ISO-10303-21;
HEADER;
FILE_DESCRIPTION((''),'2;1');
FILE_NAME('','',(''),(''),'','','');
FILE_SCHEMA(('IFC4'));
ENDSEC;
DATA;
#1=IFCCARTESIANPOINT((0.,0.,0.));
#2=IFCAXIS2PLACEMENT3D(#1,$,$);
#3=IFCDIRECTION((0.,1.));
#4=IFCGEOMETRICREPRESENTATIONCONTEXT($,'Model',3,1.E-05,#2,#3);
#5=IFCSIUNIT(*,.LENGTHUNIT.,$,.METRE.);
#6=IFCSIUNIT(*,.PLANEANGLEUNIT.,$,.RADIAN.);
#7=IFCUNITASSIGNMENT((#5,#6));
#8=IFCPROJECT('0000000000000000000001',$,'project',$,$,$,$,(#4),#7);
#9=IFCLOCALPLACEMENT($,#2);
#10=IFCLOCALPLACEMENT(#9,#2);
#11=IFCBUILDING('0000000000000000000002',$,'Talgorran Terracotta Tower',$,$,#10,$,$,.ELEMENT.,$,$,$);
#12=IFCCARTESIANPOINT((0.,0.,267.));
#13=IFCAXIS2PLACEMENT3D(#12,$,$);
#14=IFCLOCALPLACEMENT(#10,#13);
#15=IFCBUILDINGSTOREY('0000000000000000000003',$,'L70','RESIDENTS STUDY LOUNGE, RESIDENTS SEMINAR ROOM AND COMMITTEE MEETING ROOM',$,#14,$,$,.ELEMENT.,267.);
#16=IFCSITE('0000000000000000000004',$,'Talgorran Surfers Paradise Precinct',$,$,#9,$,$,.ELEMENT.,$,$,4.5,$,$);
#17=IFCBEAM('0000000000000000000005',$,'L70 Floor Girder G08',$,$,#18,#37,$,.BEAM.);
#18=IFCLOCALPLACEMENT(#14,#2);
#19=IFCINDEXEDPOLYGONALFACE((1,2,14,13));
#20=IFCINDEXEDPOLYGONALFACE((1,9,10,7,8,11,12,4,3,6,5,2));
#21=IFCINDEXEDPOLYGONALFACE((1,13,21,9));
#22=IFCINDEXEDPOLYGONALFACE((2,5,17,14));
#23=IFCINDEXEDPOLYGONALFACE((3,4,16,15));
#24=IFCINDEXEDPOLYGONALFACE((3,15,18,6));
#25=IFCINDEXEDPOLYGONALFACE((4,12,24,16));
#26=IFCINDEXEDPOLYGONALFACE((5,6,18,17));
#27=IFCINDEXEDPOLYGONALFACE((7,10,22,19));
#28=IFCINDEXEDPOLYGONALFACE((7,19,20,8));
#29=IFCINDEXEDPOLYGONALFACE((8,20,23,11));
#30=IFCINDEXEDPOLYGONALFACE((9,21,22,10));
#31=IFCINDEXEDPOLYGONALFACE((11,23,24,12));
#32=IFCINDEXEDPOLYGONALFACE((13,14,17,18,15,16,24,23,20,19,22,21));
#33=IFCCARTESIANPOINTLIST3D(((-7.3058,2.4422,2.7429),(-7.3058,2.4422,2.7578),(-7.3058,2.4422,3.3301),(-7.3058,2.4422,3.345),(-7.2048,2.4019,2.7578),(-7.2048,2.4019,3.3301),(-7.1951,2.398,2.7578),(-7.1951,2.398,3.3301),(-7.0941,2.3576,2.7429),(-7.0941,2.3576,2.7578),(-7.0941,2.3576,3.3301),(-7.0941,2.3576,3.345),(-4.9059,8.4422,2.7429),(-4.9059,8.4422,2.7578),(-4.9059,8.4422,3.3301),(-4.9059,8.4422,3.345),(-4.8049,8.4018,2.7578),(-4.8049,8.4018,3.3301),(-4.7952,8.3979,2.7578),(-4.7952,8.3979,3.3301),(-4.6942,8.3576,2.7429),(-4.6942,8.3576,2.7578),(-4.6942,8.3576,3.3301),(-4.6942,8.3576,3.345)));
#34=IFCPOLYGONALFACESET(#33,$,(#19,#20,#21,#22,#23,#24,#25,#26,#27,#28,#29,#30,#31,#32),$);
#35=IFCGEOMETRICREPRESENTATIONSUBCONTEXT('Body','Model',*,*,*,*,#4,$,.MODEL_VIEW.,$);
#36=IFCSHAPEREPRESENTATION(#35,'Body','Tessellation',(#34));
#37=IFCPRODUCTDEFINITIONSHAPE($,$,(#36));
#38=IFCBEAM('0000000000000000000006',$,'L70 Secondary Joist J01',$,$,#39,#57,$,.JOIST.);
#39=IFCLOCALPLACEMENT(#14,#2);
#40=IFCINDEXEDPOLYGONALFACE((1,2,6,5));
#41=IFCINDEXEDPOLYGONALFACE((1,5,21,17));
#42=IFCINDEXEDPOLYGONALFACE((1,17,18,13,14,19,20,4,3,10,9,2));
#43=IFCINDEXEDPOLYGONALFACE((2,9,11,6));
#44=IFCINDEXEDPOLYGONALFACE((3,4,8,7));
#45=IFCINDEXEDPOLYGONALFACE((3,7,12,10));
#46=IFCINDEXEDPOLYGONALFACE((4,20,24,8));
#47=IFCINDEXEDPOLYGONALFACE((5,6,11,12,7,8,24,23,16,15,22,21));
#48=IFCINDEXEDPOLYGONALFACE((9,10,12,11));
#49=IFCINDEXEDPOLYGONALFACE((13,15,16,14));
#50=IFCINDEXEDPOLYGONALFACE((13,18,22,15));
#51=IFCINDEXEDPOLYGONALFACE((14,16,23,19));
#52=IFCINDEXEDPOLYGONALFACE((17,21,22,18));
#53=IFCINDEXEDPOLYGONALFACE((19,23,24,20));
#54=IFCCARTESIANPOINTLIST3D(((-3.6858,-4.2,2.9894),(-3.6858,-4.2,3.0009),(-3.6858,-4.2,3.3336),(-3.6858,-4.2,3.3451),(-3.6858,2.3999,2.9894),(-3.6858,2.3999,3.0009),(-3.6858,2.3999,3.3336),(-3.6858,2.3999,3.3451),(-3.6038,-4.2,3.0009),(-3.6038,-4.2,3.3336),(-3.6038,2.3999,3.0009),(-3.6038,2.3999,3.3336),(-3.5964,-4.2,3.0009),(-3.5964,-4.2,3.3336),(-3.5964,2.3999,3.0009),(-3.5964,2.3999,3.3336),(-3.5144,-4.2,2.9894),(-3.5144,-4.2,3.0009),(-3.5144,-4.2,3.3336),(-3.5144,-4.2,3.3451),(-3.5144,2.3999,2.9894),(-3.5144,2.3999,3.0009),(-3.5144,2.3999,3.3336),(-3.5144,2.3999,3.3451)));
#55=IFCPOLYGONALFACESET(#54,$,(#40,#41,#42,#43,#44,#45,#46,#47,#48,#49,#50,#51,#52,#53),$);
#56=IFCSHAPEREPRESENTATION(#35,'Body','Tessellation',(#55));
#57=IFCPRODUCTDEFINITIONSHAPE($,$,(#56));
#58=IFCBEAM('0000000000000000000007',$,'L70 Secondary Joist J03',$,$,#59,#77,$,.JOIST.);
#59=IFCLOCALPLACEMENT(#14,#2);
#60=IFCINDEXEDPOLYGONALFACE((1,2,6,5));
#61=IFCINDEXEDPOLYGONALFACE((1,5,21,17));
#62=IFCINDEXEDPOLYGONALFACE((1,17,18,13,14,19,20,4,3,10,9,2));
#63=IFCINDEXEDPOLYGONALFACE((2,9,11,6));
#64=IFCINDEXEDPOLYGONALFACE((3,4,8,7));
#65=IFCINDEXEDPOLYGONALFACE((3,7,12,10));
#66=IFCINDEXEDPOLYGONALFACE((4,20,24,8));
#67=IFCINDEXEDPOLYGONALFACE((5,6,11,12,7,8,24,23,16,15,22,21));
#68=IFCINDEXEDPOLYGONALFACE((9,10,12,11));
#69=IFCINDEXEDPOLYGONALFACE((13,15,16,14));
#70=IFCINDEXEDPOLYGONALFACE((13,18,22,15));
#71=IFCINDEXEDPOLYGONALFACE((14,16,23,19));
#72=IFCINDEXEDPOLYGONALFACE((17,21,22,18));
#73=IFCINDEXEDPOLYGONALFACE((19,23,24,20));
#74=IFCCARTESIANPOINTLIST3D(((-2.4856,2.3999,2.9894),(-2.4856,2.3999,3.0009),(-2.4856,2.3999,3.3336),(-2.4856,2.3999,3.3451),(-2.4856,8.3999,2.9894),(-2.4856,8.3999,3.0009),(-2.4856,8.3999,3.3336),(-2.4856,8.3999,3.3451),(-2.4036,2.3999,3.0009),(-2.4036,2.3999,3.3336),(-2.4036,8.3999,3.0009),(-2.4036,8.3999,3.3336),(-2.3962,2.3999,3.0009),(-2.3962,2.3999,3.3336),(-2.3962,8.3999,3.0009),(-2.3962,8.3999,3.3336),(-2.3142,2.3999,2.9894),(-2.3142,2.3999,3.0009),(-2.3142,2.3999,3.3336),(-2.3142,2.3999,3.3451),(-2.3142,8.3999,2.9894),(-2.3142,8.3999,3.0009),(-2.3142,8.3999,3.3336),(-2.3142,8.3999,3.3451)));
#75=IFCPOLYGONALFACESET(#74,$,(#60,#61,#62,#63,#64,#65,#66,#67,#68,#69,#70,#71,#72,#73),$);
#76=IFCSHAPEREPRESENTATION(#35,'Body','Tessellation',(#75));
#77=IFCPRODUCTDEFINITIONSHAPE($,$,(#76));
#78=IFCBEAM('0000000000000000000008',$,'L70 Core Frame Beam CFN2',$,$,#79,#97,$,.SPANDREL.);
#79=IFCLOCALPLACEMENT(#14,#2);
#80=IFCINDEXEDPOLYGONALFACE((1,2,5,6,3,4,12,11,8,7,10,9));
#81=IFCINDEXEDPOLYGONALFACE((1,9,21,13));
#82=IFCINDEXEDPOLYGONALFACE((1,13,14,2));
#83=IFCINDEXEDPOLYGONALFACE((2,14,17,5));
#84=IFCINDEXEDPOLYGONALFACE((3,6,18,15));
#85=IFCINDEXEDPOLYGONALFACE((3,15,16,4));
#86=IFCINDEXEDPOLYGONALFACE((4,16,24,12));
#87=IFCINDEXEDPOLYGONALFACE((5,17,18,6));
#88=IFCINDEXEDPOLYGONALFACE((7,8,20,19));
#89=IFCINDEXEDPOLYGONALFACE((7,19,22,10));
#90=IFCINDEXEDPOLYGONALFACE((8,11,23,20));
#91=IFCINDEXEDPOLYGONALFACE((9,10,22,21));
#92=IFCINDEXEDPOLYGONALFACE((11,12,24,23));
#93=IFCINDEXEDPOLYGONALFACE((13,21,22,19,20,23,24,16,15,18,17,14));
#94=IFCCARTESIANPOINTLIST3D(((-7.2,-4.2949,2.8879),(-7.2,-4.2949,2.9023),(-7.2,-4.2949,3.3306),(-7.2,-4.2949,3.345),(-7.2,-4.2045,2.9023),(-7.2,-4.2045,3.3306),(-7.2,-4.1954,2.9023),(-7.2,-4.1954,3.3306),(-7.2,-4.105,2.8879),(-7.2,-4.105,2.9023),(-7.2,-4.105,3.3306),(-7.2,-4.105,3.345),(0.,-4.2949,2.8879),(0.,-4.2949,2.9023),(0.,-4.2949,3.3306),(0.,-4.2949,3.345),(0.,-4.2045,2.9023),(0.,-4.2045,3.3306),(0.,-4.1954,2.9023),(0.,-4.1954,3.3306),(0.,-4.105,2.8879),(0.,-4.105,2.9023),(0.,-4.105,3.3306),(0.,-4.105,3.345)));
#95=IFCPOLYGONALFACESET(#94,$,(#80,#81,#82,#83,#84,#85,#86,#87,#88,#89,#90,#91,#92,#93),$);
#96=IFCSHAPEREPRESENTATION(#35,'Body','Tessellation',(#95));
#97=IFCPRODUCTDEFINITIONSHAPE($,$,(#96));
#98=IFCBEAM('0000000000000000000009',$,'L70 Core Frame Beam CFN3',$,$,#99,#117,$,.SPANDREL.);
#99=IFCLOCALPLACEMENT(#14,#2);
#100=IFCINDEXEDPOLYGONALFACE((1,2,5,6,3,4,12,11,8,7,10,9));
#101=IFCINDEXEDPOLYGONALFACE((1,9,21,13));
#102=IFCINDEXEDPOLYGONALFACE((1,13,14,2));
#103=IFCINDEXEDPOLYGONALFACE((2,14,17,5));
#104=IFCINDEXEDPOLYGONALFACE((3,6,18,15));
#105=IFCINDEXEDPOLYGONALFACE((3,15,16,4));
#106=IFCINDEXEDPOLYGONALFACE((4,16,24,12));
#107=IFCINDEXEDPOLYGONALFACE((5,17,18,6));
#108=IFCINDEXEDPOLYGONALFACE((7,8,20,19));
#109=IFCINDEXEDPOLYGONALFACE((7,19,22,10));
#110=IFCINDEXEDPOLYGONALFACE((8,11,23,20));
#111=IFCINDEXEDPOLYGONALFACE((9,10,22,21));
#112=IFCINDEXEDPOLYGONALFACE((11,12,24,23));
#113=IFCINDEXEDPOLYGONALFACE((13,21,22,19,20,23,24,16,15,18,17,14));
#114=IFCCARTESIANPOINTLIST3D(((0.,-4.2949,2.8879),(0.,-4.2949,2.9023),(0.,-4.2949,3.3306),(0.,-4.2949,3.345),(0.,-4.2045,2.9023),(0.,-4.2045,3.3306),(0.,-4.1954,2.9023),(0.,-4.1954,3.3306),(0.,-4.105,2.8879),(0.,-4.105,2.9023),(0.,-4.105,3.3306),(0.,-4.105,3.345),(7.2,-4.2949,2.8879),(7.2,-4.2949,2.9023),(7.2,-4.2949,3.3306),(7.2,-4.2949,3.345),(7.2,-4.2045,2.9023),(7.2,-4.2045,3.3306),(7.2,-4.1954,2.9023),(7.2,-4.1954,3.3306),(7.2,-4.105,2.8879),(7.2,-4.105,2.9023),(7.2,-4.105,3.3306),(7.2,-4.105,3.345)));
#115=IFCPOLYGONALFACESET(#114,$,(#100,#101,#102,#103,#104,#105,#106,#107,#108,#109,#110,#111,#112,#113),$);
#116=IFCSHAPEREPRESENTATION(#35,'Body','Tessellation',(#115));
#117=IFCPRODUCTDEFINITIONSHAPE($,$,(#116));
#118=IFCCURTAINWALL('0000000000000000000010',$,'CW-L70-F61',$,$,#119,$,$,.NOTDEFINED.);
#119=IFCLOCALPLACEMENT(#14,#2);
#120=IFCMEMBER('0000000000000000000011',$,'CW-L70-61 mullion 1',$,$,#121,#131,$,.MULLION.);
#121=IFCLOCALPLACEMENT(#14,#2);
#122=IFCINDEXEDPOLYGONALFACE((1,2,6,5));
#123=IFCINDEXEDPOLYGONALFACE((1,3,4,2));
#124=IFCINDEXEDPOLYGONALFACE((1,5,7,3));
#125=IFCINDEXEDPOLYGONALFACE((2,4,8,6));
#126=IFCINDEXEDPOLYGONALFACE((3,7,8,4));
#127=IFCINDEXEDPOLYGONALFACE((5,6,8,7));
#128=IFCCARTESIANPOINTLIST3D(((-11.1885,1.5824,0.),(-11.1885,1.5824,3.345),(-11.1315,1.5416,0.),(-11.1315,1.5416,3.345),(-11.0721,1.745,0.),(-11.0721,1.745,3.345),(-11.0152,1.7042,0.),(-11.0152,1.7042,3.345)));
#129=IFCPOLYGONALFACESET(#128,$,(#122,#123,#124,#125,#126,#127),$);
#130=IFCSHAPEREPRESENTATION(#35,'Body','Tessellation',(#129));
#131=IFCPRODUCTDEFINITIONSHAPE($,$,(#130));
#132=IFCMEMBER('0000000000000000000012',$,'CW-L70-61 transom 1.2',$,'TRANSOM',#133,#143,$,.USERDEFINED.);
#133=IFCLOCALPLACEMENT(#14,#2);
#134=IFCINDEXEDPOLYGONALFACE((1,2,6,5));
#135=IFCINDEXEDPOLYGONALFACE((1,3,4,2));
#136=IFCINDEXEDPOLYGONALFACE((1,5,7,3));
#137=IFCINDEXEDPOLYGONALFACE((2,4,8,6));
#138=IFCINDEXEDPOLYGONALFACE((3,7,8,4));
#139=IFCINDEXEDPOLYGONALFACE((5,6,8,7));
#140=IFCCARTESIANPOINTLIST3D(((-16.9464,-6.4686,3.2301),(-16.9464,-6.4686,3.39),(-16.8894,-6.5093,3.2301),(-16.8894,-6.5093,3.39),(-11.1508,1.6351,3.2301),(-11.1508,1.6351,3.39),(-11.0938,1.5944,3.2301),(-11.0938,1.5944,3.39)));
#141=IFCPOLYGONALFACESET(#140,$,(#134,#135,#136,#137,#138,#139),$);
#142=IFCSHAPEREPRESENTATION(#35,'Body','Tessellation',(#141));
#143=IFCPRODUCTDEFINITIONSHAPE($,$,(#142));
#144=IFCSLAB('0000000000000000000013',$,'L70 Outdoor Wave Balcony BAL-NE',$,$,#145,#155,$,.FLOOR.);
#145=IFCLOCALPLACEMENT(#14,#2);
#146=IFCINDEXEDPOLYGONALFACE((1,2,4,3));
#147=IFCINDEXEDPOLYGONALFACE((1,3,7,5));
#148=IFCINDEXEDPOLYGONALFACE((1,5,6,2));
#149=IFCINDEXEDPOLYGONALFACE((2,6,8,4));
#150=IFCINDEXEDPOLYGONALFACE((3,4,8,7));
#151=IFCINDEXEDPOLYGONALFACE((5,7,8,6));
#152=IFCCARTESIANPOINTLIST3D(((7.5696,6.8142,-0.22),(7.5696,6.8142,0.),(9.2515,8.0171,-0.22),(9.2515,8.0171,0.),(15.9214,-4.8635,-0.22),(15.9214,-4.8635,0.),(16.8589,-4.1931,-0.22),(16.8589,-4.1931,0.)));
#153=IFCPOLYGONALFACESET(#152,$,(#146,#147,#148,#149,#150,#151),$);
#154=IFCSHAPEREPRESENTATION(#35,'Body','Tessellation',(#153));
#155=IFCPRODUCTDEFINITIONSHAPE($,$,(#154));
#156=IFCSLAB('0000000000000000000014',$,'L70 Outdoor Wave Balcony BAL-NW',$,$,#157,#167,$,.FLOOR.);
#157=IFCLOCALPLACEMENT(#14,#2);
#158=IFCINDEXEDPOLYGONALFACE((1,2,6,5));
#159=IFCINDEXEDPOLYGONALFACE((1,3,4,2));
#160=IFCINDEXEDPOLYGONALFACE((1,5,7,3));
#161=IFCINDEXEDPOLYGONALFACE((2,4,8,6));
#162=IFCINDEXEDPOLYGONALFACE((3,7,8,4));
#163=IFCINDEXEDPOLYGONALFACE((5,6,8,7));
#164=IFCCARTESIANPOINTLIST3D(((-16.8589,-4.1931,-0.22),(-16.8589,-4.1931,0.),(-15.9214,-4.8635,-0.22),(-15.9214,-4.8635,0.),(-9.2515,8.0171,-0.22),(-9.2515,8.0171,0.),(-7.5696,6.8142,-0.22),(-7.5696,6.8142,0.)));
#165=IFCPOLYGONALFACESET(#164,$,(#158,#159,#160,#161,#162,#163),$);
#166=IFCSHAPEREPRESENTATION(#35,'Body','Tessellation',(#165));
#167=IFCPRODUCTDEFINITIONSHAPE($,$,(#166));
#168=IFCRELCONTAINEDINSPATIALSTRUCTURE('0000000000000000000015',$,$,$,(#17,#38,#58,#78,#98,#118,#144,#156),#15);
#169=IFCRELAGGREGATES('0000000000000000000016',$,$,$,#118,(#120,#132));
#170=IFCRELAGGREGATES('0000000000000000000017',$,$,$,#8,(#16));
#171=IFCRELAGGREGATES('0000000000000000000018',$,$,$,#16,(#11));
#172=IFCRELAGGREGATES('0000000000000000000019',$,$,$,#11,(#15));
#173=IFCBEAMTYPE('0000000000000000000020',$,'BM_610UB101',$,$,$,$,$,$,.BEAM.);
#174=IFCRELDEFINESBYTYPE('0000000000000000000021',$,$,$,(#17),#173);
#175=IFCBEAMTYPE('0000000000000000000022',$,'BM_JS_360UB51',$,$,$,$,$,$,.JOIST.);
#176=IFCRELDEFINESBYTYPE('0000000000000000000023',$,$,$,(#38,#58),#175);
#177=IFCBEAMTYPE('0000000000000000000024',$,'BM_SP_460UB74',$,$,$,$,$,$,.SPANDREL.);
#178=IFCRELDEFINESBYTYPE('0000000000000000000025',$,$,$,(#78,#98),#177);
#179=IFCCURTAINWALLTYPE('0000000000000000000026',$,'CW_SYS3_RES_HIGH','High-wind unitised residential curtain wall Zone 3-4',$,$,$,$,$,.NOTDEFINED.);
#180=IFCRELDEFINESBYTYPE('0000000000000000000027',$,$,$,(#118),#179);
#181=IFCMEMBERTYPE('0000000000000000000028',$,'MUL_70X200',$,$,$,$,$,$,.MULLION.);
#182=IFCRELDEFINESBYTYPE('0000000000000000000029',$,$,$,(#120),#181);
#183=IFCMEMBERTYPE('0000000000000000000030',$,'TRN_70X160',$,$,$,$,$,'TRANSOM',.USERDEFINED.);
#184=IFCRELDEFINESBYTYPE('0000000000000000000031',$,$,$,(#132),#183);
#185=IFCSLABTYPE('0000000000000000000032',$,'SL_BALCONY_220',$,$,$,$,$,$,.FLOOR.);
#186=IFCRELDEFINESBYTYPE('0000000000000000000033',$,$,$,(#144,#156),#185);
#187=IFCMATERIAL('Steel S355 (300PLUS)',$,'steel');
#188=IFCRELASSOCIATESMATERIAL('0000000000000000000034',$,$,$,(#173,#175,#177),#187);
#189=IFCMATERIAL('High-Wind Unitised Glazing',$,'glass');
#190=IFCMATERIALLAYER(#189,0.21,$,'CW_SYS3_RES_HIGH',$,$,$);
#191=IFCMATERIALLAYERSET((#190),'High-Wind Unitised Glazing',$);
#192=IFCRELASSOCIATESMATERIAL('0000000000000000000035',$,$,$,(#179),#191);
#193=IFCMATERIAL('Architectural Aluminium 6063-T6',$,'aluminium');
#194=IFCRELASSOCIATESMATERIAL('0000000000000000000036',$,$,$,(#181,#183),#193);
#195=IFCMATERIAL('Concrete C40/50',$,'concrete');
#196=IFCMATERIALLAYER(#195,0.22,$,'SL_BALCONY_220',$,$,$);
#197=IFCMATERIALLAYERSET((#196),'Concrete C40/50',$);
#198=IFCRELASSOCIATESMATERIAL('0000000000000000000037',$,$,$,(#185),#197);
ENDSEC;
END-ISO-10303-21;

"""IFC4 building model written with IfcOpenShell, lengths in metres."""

from ifc_helpers import new_model, si_unit, direction, frame, origin, origin_2d, place, context, subcontext, project, spatial, polyline, rectangle, i_section, outline, extrude, material, layer, layer_set, material_profile, profile_set, type_object, element, aggregate, save


model = new_model("IFC4")

# Units and contexts
model_context = context("Model", 3, precision=1e-05, world=origin(), true_north=direction((0.0, 1.0)))
body_context = subcontext(model_context, "Body", "Model", "MODEL_VIEW")
ifc_project = project(units=[si_unit("LENGTHUNIT", "METRE"), si_unit("PLANEANGLEUNIT", "RADIAN")], contexts=[model_context])

# Site, building, storey
site_placement = place(None, origin())
site = spatial("IfcSite", under=ifc_project, at=site_placement, Name="Talgorran Surfers Paradise Precinct", CompositionType="ELEMENT", RefElevation=4.5)
building_placement = place(site_placement, origin())
building = spatial("IfcBuilding", under=site, at=building_placement, Name="Talgorran Terracotta Tower", CompositionType="ELEMENT")
storey_placement = place(building_placement, frame((0.0, 0.0, 267.0)))
storey = spatial("IfcBuildingStorey", under=building, at=storey_placement, Name="L70", Description="RESIDENTS STUDY LOUNGE, RESIDENTS SEMINAR ROOM AND COMMITTEE MEETING ROOM", CompositionType="ELEMENT", Elevation=267.0)

# Shared definitions
ifc_material_1 = material(Name="Steel S355 (300PLUS)", Category="steel")

# Beams
ifc_material_profile_1 = material_profile(ifc_material_1, i_section(OverallWidth=0.228, OverallDepth=0.6021, WebThickness=0.0105, FlangeThickness=0.0149, at=origin_2d()), Name="610UB101")
ifc_profile_set_1 = profile_set([ifc_material_profile_1], Name="Steel S355 (300PLUS)")
beam_type_1 = type_object("IfcBeamType", Name="BM_610UB101", PredefinedType="BEAM", material=ifc_profile_set_1)
beam_1_placement = place(storey_placement, frame((-7.2, 2.3999, 3.0439), z_axis=(0.371378, 0.928482, 0.0), x_axis=(-0.928482, 0.371378, 0.0)))
element("IfcBeam", 1, at=beam_1_placement, inside=storey, type_object=beam_type_1, Name="L70 Floor Girder G08", PredefinedType="BEAM", context=body_context, shape_type="SweptSolid", body=[
    extrude(i_section(OverallWidth=0.228, OverallDepth=0.6021, WebThickness=0.0105, FlangeThickness=0.0149, at=origin_2d()), origin(), (0.0, 0.0, 1.0), 6.4622),
])
ifc_material_profile_2 = material_profile(ifc_material_1, i_section(OverallWidth=0.1714, OverallDepth=0.3557, WebThickness=0.0073, FlangeThickness=0.0115, at=origin_2d()), Name="360UB50.7")
ifc_profile_set_2 = profile_set([ifc_material_profile_2], Name="Steel S355 (300PLUS)")
beam_type_2 = type_object("IfcBeamType", Name="BM_JS_360UB51", PredefinedType="JOIST", material=ifc_profile_set_2)
beam_2_placement = place(storey_placement, frame((-3.6001, -4.2, 3.1672), z_axis=(0.0, 1.0, 0.0), x_axis=(-1.0, 0.0, 0.0)))
element("IfcBeam", 2, at=beam_2_placement, inside=storey, type_object=beam_type_2, Name="L70 Secondary Joist J01", PredefinedType="JOIST", context=body_context, shape_type="SweptSolid", body=[
    extrude(i_section(OverallWidth=0.1714, OverallDepth=0.3557, WebThickness=0.0073, FlangeThickness=0.0115, at=origin_2d()), origin(), (0.0, 0.0, 1.0), 6.5999),
])
beam_3_placement = place(storey_placement, frame((-2.3999, 2.3999, 3.1672), z_axis=(0.0, 1.0, 0.0), x_axis=(-1.0, 0.0, 0.0)))
element("IfcBeam", 3, at=beam_3_placement, inside=storey, type_object=beam_type_2, Name="L70 Secondary Joist J03", PredefinedType="JOIST", context=body_context, shape_type="SweptSolid", body=[
    extrude(i_section(OverallWidth=0.1714, OverallDepth=0.3557, WebThickness=0.0073, FlangeThickness=0.0115, at=origin_2d()), origin(), (0.0, 0.0, 1.0), 6.0),
])
ifc_material_profile_3 = material_profile(ifc_material_1, i_section(OverallWidth=0.1899, OverallDepth=0.457, WebThickness=0.009, FlangeThickness=0.0144, at=origin_2d()), Name="460UB74.6")
ifc_profile_set_3 = profile_set([ifc_material_profile_3], Name="Steel S355 (300PLUS)")
beam_type_3 = type_object("IfcBeamType", Name="BM_SP_460UB74", PredefinedType="SPANDREL", material=ifc_profile_set_3)
for number, where, z_axis, x_axis, name in (
    (4, (-7.2, -4.2, 3.1165), (1.0, 0.0, 0.0), (0.0, 1.0, 0.0), "L70 Core Frame Beam CFN2"),
    (5, (0.0, -4.2, 3.1165), (1.0, 0.0, 0.0), (0.0, 1.0, 0.0), "L70 Core Frame Beam CFN3"),
):
    element("IfcBeam", number, at=place(storey_placement, frame(where, z_axis=z_axis, x_axis=x_axis)), inside=storey, type_object=beam_type_3, Name=name, PredefinedType="SPANDREL", context=body_context, shape_type="SweptSolid", body=[
        extrude(i_section(OverallWidth=0.1899, OverallDepth=0.457, WebThickness=0.009, FlangeThickness=0.0144, at=origin_2d()), origin(), (0.0, 0.0, 1.0), 7.2),
    ])

# Curtain wall, members
ifc_material_2 = material(Name="High-Wind Unitised Glazing", Category="glass")
ifc_layer_1 = layer(ifc_material_2, 0.21, Name="CW_SYS3_RES_HIGH")
ifc_layer_set_1 = layer_set([ifc_layer_1], Name="High-Wind Unitised Glazing")
curtain_wall_type = type_object("IfcCurtainWallType", Name="CW_SYS3_RES_HIGH", Description="High-wind unitised residential curtain wall Zone 3-4", PredefinedType="NOTDEFINED", material=ifc_layer_set_1)
curtain_wall_placement = place(storey_placement, origin())
curtain_wall = element("IfcCurtainWall", 6, at=curtain_wall_placement, inside=storey, type_object=curtain_wall_type, Name="CW-L70-F61", PredefinedType="NOTDEFINED")
ifc_material_3 = material(Name="Architectural Aluminium 6063-T6", Category="aluminium")
ifc_material_profile_4 = material_profile(ifc_material_3, rectangle(XDim=0.0701, YDim=0.2, at=origin_2d()), Name="CWM70X200")
ifc_profile_set_4 = profile_set([ifc_material_profile_4], Name="Architectural Aluminium 6063-T6")
member_type_1 = type_object("IfcMemberType", Name="MUL_70X200", PredefinedType="MULLION", material=ifc_profile_set_4)
member_1_placement = place(storey_placement, frame((-11.1018, 1.6433, 0.0), z_axis=(0.0, 0.0, 1.0), x_axis=(0.813382, -0.581731, 0.0)))
member_1 = element("IfcMember", 7, at=member_1_placement, type_object=member_type_1, Name="CW-L70-61 mullion 1", PredefinedType="MULLION", context=body_context, shape_type="SweptSolid", body=[
    extrude(rectangle(XDim=0.0701, YDim=0.2, at=origin_2d()), origin(), (0.0, 0.0, 1.0), 3.345),
])
ifc_material_profile_5 = material_profile(ifc_material_3, rectangle(XDim=0.0701, YDim=0.1599, at=origin_2d()), Name="CWT70X160")
ifc_profile_set_5 = profile_set([ifc_material_profile_5], Name="Architectural Aluminium 6063-T6")
member_type_2 = type_object("IfcMemberType", Name="TRN_70X160", ElementType="TRANSOM", PredefinedType="USERDEFINED", material=ifc_profile_set_5)
member_2_placement = place(storey_placement, frame((-11.1223, 1.6147, 3.3101), z_axis=(-0.58172, -0.813389, 0.0), x_axis=(0.813389, -0.58172, 0.0)))
member_2 = element("IfcMember", 8, at=member_2_placement, type_object=member_type_2, Name="CW-L70-61 transom 1.2", ObjectType="TRANSOM", PredefinedType="USERDEFINED", context=body_context, shape_type="SweptSolid", body=[
    extrude(rectangle(XDim=0.0701, YDim=0.1599, at=origin_2d()), origin(), (0.0, 0.0, 1.0), 9.9629),
])
aggregate(curtain_wall, [member_1, member_2])

# Slabs
ifc_material_4 = material(Name="Concrete C40/50", Category="concrete")
ifc_layer_2 = layer(ifc_material_4, 0.22, Name="SL_BALCONY_220")
ifc_layer_set_2 = layer_set([ifc_layer_2], Name="Concrete C40/50")
slab_type_1 = type_object("IfcSlabType", Name="SL_BALCONY_220", PredefinedType="FLOOR", material=ifc_layer_set_2)
slab_1_placement = place(storey_placement, frame((0.0, 0.0, -0.22)))
element("IfcSlab", 9, at=slab_1_placement, inside=storey, type_object=slab_type_1, Name="L70 Outdoor Wave Balcony BAL-NE", PredefinedType="FLOOR", context=body_context, shape_type="SweptSolid", body=[
    extrude(outline(polyline([(7.5696, 6.8142), (15.9214, -4.8635), (16.8589, -4.1931), (9.2515, 8.0171), (7.5696, 6.8142)])), origin(), (0.0, 0.0, 1.0), 0.22),
])
slab_2_placement = place(storey_placement, frame((0.0, 0.0, -0.22)))
element("IfcSlab", 10, at=slab_2_placement, inside=storey, type_object=slab_type_1, Name="L70 Outdoor Wave Balcony BAL-NW", PredefinedType="FLOOR", context=body_context, shape_type="SweptSolid", body=[
    extrude(outline(polyline([(-15.9214, -4.8635), (-7.5696, 6.8142), (-9.2515, 8.0171), (-16.8589, -4.1931), (-15.9214, -4.8635)])), origin(), (0.0, 0.0, 1.0), 0.22),
])

save(model, "model.ifc")
